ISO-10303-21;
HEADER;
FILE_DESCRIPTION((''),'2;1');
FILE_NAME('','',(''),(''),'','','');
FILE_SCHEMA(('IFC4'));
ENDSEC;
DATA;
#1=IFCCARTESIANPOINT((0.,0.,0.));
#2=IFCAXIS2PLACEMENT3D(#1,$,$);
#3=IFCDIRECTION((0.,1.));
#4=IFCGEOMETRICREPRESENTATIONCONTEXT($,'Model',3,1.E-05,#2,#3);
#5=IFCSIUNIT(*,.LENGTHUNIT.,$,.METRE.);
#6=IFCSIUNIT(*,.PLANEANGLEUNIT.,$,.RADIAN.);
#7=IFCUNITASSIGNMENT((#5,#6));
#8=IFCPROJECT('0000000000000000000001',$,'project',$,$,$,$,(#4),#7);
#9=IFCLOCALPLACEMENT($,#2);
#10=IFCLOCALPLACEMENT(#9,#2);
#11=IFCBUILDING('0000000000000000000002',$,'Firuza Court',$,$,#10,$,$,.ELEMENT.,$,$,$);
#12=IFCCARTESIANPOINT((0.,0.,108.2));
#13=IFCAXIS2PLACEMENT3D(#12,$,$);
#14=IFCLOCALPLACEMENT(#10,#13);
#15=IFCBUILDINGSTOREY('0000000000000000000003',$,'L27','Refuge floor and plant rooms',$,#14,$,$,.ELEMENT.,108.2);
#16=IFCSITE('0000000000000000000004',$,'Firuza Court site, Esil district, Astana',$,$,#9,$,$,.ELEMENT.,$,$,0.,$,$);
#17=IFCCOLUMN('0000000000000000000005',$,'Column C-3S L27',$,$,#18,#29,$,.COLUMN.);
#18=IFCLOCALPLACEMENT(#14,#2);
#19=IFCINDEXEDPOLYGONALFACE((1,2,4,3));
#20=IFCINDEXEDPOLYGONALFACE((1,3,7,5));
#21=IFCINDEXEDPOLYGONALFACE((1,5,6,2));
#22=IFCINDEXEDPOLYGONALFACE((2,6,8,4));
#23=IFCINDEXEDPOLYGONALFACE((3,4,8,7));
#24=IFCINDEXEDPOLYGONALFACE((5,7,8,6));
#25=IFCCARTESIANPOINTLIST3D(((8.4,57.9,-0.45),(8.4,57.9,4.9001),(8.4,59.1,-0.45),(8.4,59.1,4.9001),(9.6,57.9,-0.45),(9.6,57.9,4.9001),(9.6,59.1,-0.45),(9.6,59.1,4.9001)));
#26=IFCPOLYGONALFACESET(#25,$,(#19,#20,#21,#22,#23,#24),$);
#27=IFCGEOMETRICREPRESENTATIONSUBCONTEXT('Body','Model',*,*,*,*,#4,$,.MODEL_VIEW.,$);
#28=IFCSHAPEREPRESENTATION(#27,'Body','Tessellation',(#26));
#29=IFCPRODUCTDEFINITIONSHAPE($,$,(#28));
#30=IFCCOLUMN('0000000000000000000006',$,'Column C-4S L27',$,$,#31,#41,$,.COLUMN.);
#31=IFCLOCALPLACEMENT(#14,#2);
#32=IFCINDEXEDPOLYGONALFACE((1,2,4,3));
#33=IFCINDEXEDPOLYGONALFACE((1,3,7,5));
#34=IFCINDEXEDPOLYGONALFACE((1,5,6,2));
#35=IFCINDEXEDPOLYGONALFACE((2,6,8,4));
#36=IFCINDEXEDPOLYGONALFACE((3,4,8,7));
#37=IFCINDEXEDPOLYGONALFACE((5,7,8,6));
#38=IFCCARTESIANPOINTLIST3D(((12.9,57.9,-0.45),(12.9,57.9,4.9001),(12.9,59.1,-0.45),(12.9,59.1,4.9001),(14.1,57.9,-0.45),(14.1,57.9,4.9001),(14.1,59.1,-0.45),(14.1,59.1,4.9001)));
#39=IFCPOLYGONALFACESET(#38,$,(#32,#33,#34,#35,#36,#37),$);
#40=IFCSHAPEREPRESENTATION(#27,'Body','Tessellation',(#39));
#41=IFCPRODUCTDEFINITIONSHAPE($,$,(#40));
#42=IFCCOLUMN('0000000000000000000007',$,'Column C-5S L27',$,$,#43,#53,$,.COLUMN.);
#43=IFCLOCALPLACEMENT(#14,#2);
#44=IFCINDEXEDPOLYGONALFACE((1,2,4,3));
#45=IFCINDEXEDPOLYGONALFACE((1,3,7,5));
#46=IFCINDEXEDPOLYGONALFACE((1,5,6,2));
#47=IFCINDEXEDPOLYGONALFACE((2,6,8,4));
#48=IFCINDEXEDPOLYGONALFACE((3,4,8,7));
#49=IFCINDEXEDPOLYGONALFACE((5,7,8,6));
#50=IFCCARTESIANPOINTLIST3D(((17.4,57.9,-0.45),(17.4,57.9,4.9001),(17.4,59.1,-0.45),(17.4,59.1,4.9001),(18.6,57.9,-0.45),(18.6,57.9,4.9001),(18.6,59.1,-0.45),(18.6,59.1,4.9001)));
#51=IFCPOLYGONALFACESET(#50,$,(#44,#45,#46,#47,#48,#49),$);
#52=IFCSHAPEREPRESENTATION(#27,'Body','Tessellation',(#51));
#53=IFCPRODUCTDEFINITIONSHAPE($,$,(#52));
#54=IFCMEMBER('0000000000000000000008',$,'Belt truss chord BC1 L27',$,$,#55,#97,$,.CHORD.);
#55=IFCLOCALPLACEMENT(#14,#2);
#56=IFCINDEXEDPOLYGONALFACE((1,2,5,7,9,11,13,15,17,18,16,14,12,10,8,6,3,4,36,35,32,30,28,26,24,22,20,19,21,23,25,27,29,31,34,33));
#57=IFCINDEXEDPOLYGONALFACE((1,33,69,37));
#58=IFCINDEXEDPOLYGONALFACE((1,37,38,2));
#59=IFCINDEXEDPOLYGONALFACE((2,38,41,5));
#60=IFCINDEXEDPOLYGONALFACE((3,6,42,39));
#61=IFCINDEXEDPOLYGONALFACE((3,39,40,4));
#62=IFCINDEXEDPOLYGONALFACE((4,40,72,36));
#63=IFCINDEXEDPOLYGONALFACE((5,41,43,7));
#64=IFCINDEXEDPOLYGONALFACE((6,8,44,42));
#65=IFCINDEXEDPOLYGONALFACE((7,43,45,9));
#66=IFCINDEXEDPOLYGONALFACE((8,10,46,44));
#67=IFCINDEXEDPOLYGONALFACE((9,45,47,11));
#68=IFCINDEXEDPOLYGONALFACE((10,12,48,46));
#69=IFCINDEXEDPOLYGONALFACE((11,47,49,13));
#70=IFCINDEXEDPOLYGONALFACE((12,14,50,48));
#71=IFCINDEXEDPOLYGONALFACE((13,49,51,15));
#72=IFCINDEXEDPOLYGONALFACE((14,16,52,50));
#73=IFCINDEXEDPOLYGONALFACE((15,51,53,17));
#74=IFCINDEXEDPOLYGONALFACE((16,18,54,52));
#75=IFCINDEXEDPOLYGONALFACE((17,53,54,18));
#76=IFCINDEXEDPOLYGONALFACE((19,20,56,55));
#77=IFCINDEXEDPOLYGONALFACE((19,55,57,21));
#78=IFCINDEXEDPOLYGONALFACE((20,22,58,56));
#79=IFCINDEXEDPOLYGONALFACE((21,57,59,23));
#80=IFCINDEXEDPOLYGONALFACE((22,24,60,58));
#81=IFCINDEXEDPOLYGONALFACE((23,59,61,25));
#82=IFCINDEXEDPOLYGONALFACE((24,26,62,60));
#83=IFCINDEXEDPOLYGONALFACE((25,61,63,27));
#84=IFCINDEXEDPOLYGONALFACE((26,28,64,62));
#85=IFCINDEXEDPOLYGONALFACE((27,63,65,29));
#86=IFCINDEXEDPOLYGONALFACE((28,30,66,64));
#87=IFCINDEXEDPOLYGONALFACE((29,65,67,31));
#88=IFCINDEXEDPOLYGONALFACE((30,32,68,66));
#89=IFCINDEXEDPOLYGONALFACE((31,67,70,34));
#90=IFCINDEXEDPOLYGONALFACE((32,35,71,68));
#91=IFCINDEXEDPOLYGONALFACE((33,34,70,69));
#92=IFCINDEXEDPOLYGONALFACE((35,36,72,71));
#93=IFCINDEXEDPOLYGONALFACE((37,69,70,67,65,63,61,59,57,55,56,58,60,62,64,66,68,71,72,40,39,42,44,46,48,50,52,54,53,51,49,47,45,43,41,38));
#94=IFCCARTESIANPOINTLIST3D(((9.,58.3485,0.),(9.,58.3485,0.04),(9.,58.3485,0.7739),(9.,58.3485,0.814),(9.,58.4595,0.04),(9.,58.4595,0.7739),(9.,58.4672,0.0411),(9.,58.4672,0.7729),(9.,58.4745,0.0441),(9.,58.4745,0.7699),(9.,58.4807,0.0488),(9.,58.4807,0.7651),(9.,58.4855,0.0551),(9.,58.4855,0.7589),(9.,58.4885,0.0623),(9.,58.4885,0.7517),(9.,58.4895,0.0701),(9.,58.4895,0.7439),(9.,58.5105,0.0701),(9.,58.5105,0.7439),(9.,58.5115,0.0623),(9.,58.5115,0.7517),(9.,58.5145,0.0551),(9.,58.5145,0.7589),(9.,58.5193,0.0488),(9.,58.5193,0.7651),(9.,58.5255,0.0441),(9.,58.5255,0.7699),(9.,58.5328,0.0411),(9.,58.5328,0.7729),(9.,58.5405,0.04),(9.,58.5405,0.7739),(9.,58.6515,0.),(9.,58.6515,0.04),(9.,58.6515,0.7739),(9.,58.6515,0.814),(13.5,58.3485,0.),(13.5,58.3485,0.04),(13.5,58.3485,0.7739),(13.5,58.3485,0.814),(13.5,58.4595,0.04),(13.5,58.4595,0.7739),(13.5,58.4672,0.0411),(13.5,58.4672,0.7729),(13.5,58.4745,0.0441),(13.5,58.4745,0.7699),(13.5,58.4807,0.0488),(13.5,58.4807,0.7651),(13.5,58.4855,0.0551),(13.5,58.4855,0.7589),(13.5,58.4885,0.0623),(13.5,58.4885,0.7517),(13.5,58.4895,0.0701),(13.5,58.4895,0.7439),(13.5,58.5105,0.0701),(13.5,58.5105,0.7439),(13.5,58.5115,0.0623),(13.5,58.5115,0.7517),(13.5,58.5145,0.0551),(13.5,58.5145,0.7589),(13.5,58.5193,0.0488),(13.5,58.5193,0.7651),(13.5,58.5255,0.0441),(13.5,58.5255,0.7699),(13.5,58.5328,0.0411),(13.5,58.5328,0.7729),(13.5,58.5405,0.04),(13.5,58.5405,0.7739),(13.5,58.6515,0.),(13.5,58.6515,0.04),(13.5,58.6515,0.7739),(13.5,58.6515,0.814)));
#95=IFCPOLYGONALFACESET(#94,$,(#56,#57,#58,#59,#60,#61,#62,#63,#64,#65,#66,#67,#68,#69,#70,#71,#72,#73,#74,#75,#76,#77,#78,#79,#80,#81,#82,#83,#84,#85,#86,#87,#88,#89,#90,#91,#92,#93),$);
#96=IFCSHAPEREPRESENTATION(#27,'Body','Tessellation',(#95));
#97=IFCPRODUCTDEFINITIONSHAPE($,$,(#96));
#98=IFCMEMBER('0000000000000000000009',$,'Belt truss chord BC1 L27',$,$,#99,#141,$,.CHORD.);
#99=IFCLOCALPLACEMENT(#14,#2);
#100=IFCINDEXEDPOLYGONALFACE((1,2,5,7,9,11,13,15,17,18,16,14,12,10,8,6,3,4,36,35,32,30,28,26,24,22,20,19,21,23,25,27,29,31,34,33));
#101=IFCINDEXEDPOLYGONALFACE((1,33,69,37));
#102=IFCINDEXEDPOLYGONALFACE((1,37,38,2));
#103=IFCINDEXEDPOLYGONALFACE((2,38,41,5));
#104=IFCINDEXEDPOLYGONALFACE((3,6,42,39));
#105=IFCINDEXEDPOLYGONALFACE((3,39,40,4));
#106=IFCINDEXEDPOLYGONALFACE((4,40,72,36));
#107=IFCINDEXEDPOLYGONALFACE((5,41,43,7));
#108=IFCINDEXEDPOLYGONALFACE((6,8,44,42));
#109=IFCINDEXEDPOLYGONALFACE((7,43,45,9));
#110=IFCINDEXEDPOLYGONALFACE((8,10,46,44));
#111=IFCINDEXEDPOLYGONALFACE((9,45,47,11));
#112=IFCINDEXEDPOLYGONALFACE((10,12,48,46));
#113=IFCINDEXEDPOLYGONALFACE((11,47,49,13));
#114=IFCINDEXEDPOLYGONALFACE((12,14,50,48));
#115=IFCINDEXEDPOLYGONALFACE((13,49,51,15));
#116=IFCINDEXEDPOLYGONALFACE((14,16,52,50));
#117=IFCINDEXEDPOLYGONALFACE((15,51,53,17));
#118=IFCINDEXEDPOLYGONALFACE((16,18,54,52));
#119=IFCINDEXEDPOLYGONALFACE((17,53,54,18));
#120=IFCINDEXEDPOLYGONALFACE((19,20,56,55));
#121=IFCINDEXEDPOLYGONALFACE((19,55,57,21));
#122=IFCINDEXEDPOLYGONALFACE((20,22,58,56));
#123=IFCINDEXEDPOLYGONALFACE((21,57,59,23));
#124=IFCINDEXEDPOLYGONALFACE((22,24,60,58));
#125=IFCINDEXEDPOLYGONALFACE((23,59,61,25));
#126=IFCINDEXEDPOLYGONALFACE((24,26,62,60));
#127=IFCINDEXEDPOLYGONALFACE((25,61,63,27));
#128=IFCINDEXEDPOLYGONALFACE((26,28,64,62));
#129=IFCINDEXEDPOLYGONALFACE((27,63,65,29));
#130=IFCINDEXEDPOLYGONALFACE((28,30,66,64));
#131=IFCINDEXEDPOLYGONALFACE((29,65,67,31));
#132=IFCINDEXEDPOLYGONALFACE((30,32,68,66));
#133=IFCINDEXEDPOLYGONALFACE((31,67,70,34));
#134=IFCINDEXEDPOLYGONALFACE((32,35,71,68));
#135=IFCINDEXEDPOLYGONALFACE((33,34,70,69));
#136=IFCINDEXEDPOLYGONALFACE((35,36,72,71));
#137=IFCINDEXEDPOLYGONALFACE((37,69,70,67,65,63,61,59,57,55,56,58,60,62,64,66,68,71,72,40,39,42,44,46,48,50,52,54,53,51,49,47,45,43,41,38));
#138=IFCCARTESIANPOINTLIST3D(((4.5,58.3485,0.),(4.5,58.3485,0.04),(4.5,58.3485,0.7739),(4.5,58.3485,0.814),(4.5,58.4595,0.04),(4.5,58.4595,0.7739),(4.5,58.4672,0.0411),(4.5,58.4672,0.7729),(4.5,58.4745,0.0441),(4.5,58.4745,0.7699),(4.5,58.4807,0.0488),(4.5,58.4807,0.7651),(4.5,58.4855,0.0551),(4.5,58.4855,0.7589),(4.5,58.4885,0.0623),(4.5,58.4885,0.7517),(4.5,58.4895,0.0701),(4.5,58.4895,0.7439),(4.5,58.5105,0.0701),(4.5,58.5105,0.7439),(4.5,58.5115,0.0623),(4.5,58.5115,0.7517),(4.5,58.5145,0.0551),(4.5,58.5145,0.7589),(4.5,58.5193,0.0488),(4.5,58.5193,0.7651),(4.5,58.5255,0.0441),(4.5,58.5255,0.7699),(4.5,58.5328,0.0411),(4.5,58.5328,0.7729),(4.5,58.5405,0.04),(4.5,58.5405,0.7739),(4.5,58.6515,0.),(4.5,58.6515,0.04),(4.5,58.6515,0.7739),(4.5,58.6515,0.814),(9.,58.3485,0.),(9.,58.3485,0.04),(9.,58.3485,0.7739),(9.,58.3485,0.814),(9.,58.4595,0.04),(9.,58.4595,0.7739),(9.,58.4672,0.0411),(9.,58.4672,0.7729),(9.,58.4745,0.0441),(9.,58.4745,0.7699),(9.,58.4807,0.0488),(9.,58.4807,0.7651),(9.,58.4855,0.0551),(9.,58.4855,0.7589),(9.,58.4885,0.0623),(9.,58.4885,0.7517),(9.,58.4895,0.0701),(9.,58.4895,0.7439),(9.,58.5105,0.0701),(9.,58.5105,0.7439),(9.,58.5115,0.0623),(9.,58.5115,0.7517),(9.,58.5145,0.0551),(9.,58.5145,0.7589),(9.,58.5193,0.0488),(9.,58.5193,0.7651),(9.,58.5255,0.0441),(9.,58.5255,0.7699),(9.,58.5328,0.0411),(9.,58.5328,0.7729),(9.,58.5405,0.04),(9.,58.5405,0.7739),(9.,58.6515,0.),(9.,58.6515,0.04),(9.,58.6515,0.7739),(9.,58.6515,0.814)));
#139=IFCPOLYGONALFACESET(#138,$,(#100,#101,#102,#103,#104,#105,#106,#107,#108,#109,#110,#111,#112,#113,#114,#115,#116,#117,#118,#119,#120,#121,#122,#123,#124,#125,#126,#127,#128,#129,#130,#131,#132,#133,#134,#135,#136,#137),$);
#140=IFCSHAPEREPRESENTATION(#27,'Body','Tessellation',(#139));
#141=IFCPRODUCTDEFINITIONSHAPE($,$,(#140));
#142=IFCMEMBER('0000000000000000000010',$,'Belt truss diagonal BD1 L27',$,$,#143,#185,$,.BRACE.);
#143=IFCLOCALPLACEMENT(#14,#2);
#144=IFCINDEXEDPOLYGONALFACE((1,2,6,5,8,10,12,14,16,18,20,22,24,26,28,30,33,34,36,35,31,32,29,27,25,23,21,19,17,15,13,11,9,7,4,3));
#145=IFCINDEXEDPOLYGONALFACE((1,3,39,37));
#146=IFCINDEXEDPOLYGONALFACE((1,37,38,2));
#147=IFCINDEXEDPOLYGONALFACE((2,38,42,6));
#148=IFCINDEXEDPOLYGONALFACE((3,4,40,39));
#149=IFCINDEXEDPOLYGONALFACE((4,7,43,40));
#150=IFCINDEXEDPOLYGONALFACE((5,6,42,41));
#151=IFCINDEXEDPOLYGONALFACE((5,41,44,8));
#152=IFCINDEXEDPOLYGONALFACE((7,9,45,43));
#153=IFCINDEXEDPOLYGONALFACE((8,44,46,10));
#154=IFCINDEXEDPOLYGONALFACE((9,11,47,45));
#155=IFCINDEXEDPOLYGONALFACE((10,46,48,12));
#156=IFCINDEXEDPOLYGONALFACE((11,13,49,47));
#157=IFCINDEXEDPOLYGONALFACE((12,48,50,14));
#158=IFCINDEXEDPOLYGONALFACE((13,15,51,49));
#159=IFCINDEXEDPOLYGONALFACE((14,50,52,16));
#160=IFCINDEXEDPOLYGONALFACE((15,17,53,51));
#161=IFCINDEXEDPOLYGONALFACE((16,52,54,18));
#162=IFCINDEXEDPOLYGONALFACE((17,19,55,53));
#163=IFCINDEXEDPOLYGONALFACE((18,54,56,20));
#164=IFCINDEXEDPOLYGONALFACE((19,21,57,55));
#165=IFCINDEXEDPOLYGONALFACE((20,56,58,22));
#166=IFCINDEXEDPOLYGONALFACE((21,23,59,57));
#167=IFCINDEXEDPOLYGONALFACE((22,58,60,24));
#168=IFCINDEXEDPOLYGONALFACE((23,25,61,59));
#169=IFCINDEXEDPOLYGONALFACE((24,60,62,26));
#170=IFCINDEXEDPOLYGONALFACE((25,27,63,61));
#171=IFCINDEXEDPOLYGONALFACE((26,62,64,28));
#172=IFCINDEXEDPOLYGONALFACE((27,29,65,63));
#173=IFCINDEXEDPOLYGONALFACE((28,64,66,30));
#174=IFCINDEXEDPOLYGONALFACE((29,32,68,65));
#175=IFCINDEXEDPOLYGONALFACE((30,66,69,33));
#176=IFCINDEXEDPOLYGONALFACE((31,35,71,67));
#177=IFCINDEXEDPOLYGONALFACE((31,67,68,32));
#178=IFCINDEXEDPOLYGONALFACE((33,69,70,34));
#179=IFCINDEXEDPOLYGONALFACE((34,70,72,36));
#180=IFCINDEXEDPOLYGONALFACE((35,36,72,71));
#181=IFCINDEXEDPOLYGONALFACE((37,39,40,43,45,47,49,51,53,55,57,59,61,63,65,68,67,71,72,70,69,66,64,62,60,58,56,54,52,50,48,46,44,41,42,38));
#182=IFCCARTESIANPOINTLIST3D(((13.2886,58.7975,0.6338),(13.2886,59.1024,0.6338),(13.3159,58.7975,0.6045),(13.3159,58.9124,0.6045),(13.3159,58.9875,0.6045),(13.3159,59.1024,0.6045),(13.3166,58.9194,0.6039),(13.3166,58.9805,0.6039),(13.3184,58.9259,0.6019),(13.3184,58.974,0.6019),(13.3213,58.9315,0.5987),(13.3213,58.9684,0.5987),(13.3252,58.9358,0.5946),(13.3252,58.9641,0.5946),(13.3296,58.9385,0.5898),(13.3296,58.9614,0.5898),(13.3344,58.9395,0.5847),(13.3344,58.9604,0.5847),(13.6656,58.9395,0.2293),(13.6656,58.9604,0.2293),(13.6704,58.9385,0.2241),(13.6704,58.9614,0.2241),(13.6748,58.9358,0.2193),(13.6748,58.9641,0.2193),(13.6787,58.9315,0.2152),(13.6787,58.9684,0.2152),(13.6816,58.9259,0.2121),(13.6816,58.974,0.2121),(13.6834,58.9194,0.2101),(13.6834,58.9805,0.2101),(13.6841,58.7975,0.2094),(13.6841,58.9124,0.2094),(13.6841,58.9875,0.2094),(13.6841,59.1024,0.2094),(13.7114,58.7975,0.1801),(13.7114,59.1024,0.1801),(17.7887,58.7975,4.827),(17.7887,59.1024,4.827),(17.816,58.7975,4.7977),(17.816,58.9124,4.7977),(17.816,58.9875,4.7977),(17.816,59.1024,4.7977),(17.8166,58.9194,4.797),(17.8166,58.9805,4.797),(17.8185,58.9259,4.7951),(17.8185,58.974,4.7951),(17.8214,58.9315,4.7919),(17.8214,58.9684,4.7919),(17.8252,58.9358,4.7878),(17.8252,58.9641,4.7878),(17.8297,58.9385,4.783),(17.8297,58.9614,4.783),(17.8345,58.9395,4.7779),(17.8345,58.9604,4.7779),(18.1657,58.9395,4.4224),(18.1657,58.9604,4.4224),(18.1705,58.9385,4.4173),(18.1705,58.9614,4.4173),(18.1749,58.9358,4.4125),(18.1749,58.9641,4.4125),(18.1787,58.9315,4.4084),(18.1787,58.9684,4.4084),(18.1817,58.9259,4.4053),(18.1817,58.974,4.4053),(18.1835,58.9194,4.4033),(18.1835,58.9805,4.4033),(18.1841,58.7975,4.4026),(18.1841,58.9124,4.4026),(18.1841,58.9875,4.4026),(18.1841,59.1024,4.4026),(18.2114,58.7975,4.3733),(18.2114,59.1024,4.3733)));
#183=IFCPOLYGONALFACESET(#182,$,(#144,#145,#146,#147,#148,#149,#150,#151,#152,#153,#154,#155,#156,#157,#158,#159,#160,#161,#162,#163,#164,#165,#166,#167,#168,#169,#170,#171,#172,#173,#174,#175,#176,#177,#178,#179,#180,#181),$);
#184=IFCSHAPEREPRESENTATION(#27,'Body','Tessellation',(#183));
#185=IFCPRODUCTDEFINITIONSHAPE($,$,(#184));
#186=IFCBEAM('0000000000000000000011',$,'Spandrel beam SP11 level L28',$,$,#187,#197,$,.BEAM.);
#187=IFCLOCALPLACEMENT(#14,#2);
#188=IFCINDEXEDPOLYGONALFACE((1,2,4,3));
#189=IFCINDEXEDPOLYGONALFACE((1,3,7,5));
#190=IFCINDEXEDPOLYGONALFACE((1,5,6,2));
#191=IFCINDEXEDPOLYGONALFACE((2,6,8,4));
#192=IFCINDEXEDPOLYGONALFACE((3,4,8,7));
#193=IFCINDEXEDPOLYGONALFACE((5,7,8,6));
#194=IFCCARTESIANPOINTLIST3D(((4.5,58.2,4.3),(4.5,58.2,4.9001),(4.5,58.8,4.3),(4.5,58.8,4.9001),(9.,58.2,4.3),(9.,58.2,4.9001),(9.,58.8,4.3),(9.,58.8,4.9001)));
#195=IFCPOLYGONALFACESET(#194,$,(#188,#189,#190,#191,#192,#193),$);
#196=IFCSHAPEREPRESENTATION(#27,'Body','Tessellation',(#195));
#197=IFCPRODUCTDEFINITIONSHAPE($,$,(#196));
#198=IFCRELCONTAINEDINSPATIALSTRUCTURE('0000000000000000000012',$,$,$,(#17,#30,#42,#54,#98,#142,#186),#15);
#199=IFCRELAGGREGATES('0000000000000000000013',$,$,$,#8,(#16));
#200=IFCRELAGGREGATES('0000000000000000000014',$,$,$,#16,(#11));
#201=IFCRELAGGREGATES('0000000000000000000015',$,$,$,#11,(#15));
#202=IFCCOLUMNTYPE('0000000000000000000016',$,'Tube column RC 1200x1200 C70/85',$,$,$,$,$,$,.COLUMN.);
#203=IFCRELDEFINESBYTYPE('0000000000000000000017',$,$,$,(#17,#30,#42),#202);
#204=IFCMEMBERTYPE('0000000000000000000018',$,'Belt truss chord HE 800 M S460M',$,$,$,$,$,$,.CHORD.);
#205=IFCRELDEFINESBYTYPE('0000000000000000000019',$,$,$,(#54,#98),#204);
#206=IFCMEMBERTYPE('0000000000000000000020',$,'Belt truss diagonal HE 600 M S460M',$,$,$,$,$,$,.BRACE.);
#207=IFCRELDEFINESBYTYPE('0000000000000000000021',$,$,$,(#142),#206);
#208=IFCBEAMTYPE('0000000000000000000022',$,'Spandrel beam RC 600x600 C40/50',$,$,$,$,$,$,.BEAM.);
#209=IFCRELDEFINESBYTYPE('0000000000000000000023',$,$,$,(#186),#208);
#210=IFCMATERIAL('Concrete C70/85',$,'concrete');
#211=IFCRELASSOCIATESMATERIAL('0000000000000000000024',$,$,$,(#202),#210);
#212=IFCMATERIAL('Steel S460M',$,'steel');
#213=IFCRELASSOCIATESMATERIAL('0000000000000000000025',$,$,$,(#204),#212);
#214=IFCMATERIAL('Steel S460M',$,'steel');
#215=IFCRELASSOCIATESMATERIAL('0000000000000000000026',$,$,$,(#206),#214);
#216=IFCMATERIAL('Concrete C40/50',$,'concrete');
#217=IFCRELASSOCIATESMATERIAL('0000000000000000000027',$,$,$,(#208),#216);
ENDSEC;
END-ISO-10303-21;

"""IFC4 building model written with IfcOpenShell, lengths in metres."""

from ifc_helpers import new_model, si_unit, direction, frame, origin, origin_2d, place, context, subcontext, project, spatial, rectangle, i_section, extrude, material, material_profile, profile_set, type_object, element, save


model = new_model("IFC4")

# Units and contexts
model_context = context("Model", 3, precision=1e-05, world=origin(), true_north=direction((0.0, 1.0)))
body_context = subcontext(model_context, "Body", "Model", "MODEL_VIEW")
ifc_project = project(units=[si_unit("LENGTHUNIT", "METRE"), si_unit("PLANEANGLEUNIT", "RADIAN")], contexts=[model_context])

# Site, building, storey
site_placement = place(None, origin())
site = spatial("IfcSite", under=ifc_project, at=site_placement, Name="Firuza Court site, Esil district, Astana", CompositionType="ELEMENT", RefElevation=0.0)
building_placement = place(site_placement, origin())
building = spatial("IfcBuilding", under=site, at=building_placement, Name="Firuza Court", CompositionType="ELEMENT")
storey_placement = place(building_placement, frame((0.0, 0.0, 108.2)))
storey = spatial("IfcBuildingStorey", under=building, at=storey_placement, Name="L27", Description="Refuge floor and plant rooms", CompositionType="ELEMENT", Elevation=108.2)

# Columns
ifc_material_1 = material(Name="Concrete C70/85", Category="concrete")
ifc_material_profile_1 = material_profile(ifc_material_1, rectangle(XDim=1.2, YDim=1.2, at=origin_2d()), Name="RC 1200x1200")
ifc_profile_set_1 = profile_set([ifc_material_profile_1], Name="Concrete C70/85")
column_type = type_object("IfcColumnType", Name="Tube column RC 1200x1200 C70/85", PredefinedType="COLUMN", material=ifc_profile_set_1)
for number, where, z_axis, x_axis, name in (
    (1, (9.0, 58.5, -0.45), (0.0, 0.0, 1.0), (1.0, 0.0, 0.0), "Column C-3S L27"),
    (2, (13.5, 58.5, -0.45), (0.0, 0.0, 1.0), (1.0, 0.0, 0.0), "Column C-4S L27"),
    (3, (18.0, 58.5, -0.45), (0.0, 0.0, 1.0), (1.0, 0.0, 0.0), "Column C-5S L27"),
):
    element("IfcColumn", number, at=place(storey_placement, frame(where, z_axis=z_axis, x_axis=x_axis)), inside=storey, type_object=column_type, Name=name, PredefinedType="COLUMN", context=body_context, shape_type="SweptSolid", body=[
        extrude(rectangle(XDim=1.2, YDim=1.2, at=origin_2d()), origin(), (0.0, 0.0, 1.0), 5.3501),
    ])

# Members
ifc_material_2 = material(Name="Steel S460M", Category="steel")
ifc_material_profile_2 = material_profile(ifc_material_2, i_section(OverallWidth=0.303, OverallDepth=0.814, WebThickness=0.021, FlangeThickness=0.04, FilletRadius=0.03, at=origin_2d()), Name="HE 800 M")
ifc_profile_set_2 = profile_set([ifc_material_profile_2], Name="Steel S460M")
member_type_1 = type_object("IfcMemberType", Name="Belt truss chord HE 800 M S460M", PredefinedType="CHORD", material=ifc_profile_set_2)
for number, where, z_axis, x_axis, name in (
    (4, (13.5, 58.5, 0.407), (-1.0, 0.0, 0.0), (0.0, -1.0, 0.0), "Belt truss chord BC1 L27"),
    (5, (9.0, 58.5, 0.407), (-1.0, 0.0, 0.0), (0.0, -1.0, 0.0), "Belt truss chord BC1 L27"),
):
    element("IfcMember", number, at=place(storey_placement, frame(where, z_axis=z_axis, x_axis=x_axis)), inside=storey, type_object=member_type_1, Name=name, PredefinedType="CHORD", context=body_context, shape_type="SweptSolid", body=[
        extrude(i_section(OverallWidth=0.303, OverallDepth=0.814, WebThickness=0.021, FlangeThickness=0.04, FilletRadius=0.03, at=origin_2d()), origin(), (0.0, 0.0, 1.0), 4.5),
    ])
ifc_material_3 = material(Name="Steel S460M", Category="steel")
ifc_material_profile_3 = material_profile(ifc_material_3, i_section(OverallWidth=0.3049, OverallDepth=0.6201, WebThickness=0.021, FlangeThickness=0.04, FilletRadius=0.0271, at=origin_2d()), Name="HE 600 M")
ifc_profile_set_3 = profile_set([ifc_material_profile_3], Name="Steel S460M")
member_type_2 = type_object("IfcMemberType", Name="Belt truss diagonal HE 600 M S460M", PredefinedType="BRACE", material=ifc_profile_set_3)
member_placement = place(storey_placement, frame((13.5, 58.95, 0.407), z_axis=(0.731613, 0.0, 0.68172), x_axis=(0.0, 1.0, 0.0)))
element("IfcMember", 6, at=member_placement, inside=storey, type_object=member_type_2, Name="Belt truss diagonal BD1 L27", PredefinedType="BRACE", context=body_context, shape_type="SweptSolid", body=[
    extrude(i_section(OverallWidth=0.3049, OverallDepth=0.6201, WebThickness=0.021, FlangeThickness=0.04, FilletRadius=0.0271, at=origin_2d()), origin(), (0.0, 0.0, 1.0), 6.1509),
])

# Beam
ifc_material_4 = material(Name="Concrete C40/50", Category="concrete")
ifc_material_profile_4 = material_profile(ifc_material_4, rectangle(XDim=0.6001, YDim=0.6001, at=origin_2d()), Name="RC 600x600")
ifc_profile_set_4 = profile_set([ifc_material_profile_4], Name="Concrete C40/50")
beam_type = type_object("IfcBeamType", Name="Spandrel beam RC 600x600 C40/50", PredefinedType="BEAM", material=ifc_profile_set_4)
for number, where, z_axis, x_axis, name in (
    (7, (9.0, 58.5, 4.6001), (-1.0, 0.0, 0.0), (0.0, -1.0, 0.0), "Spandrel beam SP11 level L28"),
):
    element("IfcBeam", number, at=place(storey_placement, frame(where, z_axis=z_axis, x_axis=x_axis)), inside=storey, type_object=beam_type, Name=name, PredefinedType="BEAM", context=body_context, shape_type="SweptSolid", body=[
        extrude(rectangle(XDim=0.6001, YDim=0.6001, at=origin_2d()), origin(), (0.0, 0.0, 1.0), 4.5),
    ])

save(model, "model.ifc")
